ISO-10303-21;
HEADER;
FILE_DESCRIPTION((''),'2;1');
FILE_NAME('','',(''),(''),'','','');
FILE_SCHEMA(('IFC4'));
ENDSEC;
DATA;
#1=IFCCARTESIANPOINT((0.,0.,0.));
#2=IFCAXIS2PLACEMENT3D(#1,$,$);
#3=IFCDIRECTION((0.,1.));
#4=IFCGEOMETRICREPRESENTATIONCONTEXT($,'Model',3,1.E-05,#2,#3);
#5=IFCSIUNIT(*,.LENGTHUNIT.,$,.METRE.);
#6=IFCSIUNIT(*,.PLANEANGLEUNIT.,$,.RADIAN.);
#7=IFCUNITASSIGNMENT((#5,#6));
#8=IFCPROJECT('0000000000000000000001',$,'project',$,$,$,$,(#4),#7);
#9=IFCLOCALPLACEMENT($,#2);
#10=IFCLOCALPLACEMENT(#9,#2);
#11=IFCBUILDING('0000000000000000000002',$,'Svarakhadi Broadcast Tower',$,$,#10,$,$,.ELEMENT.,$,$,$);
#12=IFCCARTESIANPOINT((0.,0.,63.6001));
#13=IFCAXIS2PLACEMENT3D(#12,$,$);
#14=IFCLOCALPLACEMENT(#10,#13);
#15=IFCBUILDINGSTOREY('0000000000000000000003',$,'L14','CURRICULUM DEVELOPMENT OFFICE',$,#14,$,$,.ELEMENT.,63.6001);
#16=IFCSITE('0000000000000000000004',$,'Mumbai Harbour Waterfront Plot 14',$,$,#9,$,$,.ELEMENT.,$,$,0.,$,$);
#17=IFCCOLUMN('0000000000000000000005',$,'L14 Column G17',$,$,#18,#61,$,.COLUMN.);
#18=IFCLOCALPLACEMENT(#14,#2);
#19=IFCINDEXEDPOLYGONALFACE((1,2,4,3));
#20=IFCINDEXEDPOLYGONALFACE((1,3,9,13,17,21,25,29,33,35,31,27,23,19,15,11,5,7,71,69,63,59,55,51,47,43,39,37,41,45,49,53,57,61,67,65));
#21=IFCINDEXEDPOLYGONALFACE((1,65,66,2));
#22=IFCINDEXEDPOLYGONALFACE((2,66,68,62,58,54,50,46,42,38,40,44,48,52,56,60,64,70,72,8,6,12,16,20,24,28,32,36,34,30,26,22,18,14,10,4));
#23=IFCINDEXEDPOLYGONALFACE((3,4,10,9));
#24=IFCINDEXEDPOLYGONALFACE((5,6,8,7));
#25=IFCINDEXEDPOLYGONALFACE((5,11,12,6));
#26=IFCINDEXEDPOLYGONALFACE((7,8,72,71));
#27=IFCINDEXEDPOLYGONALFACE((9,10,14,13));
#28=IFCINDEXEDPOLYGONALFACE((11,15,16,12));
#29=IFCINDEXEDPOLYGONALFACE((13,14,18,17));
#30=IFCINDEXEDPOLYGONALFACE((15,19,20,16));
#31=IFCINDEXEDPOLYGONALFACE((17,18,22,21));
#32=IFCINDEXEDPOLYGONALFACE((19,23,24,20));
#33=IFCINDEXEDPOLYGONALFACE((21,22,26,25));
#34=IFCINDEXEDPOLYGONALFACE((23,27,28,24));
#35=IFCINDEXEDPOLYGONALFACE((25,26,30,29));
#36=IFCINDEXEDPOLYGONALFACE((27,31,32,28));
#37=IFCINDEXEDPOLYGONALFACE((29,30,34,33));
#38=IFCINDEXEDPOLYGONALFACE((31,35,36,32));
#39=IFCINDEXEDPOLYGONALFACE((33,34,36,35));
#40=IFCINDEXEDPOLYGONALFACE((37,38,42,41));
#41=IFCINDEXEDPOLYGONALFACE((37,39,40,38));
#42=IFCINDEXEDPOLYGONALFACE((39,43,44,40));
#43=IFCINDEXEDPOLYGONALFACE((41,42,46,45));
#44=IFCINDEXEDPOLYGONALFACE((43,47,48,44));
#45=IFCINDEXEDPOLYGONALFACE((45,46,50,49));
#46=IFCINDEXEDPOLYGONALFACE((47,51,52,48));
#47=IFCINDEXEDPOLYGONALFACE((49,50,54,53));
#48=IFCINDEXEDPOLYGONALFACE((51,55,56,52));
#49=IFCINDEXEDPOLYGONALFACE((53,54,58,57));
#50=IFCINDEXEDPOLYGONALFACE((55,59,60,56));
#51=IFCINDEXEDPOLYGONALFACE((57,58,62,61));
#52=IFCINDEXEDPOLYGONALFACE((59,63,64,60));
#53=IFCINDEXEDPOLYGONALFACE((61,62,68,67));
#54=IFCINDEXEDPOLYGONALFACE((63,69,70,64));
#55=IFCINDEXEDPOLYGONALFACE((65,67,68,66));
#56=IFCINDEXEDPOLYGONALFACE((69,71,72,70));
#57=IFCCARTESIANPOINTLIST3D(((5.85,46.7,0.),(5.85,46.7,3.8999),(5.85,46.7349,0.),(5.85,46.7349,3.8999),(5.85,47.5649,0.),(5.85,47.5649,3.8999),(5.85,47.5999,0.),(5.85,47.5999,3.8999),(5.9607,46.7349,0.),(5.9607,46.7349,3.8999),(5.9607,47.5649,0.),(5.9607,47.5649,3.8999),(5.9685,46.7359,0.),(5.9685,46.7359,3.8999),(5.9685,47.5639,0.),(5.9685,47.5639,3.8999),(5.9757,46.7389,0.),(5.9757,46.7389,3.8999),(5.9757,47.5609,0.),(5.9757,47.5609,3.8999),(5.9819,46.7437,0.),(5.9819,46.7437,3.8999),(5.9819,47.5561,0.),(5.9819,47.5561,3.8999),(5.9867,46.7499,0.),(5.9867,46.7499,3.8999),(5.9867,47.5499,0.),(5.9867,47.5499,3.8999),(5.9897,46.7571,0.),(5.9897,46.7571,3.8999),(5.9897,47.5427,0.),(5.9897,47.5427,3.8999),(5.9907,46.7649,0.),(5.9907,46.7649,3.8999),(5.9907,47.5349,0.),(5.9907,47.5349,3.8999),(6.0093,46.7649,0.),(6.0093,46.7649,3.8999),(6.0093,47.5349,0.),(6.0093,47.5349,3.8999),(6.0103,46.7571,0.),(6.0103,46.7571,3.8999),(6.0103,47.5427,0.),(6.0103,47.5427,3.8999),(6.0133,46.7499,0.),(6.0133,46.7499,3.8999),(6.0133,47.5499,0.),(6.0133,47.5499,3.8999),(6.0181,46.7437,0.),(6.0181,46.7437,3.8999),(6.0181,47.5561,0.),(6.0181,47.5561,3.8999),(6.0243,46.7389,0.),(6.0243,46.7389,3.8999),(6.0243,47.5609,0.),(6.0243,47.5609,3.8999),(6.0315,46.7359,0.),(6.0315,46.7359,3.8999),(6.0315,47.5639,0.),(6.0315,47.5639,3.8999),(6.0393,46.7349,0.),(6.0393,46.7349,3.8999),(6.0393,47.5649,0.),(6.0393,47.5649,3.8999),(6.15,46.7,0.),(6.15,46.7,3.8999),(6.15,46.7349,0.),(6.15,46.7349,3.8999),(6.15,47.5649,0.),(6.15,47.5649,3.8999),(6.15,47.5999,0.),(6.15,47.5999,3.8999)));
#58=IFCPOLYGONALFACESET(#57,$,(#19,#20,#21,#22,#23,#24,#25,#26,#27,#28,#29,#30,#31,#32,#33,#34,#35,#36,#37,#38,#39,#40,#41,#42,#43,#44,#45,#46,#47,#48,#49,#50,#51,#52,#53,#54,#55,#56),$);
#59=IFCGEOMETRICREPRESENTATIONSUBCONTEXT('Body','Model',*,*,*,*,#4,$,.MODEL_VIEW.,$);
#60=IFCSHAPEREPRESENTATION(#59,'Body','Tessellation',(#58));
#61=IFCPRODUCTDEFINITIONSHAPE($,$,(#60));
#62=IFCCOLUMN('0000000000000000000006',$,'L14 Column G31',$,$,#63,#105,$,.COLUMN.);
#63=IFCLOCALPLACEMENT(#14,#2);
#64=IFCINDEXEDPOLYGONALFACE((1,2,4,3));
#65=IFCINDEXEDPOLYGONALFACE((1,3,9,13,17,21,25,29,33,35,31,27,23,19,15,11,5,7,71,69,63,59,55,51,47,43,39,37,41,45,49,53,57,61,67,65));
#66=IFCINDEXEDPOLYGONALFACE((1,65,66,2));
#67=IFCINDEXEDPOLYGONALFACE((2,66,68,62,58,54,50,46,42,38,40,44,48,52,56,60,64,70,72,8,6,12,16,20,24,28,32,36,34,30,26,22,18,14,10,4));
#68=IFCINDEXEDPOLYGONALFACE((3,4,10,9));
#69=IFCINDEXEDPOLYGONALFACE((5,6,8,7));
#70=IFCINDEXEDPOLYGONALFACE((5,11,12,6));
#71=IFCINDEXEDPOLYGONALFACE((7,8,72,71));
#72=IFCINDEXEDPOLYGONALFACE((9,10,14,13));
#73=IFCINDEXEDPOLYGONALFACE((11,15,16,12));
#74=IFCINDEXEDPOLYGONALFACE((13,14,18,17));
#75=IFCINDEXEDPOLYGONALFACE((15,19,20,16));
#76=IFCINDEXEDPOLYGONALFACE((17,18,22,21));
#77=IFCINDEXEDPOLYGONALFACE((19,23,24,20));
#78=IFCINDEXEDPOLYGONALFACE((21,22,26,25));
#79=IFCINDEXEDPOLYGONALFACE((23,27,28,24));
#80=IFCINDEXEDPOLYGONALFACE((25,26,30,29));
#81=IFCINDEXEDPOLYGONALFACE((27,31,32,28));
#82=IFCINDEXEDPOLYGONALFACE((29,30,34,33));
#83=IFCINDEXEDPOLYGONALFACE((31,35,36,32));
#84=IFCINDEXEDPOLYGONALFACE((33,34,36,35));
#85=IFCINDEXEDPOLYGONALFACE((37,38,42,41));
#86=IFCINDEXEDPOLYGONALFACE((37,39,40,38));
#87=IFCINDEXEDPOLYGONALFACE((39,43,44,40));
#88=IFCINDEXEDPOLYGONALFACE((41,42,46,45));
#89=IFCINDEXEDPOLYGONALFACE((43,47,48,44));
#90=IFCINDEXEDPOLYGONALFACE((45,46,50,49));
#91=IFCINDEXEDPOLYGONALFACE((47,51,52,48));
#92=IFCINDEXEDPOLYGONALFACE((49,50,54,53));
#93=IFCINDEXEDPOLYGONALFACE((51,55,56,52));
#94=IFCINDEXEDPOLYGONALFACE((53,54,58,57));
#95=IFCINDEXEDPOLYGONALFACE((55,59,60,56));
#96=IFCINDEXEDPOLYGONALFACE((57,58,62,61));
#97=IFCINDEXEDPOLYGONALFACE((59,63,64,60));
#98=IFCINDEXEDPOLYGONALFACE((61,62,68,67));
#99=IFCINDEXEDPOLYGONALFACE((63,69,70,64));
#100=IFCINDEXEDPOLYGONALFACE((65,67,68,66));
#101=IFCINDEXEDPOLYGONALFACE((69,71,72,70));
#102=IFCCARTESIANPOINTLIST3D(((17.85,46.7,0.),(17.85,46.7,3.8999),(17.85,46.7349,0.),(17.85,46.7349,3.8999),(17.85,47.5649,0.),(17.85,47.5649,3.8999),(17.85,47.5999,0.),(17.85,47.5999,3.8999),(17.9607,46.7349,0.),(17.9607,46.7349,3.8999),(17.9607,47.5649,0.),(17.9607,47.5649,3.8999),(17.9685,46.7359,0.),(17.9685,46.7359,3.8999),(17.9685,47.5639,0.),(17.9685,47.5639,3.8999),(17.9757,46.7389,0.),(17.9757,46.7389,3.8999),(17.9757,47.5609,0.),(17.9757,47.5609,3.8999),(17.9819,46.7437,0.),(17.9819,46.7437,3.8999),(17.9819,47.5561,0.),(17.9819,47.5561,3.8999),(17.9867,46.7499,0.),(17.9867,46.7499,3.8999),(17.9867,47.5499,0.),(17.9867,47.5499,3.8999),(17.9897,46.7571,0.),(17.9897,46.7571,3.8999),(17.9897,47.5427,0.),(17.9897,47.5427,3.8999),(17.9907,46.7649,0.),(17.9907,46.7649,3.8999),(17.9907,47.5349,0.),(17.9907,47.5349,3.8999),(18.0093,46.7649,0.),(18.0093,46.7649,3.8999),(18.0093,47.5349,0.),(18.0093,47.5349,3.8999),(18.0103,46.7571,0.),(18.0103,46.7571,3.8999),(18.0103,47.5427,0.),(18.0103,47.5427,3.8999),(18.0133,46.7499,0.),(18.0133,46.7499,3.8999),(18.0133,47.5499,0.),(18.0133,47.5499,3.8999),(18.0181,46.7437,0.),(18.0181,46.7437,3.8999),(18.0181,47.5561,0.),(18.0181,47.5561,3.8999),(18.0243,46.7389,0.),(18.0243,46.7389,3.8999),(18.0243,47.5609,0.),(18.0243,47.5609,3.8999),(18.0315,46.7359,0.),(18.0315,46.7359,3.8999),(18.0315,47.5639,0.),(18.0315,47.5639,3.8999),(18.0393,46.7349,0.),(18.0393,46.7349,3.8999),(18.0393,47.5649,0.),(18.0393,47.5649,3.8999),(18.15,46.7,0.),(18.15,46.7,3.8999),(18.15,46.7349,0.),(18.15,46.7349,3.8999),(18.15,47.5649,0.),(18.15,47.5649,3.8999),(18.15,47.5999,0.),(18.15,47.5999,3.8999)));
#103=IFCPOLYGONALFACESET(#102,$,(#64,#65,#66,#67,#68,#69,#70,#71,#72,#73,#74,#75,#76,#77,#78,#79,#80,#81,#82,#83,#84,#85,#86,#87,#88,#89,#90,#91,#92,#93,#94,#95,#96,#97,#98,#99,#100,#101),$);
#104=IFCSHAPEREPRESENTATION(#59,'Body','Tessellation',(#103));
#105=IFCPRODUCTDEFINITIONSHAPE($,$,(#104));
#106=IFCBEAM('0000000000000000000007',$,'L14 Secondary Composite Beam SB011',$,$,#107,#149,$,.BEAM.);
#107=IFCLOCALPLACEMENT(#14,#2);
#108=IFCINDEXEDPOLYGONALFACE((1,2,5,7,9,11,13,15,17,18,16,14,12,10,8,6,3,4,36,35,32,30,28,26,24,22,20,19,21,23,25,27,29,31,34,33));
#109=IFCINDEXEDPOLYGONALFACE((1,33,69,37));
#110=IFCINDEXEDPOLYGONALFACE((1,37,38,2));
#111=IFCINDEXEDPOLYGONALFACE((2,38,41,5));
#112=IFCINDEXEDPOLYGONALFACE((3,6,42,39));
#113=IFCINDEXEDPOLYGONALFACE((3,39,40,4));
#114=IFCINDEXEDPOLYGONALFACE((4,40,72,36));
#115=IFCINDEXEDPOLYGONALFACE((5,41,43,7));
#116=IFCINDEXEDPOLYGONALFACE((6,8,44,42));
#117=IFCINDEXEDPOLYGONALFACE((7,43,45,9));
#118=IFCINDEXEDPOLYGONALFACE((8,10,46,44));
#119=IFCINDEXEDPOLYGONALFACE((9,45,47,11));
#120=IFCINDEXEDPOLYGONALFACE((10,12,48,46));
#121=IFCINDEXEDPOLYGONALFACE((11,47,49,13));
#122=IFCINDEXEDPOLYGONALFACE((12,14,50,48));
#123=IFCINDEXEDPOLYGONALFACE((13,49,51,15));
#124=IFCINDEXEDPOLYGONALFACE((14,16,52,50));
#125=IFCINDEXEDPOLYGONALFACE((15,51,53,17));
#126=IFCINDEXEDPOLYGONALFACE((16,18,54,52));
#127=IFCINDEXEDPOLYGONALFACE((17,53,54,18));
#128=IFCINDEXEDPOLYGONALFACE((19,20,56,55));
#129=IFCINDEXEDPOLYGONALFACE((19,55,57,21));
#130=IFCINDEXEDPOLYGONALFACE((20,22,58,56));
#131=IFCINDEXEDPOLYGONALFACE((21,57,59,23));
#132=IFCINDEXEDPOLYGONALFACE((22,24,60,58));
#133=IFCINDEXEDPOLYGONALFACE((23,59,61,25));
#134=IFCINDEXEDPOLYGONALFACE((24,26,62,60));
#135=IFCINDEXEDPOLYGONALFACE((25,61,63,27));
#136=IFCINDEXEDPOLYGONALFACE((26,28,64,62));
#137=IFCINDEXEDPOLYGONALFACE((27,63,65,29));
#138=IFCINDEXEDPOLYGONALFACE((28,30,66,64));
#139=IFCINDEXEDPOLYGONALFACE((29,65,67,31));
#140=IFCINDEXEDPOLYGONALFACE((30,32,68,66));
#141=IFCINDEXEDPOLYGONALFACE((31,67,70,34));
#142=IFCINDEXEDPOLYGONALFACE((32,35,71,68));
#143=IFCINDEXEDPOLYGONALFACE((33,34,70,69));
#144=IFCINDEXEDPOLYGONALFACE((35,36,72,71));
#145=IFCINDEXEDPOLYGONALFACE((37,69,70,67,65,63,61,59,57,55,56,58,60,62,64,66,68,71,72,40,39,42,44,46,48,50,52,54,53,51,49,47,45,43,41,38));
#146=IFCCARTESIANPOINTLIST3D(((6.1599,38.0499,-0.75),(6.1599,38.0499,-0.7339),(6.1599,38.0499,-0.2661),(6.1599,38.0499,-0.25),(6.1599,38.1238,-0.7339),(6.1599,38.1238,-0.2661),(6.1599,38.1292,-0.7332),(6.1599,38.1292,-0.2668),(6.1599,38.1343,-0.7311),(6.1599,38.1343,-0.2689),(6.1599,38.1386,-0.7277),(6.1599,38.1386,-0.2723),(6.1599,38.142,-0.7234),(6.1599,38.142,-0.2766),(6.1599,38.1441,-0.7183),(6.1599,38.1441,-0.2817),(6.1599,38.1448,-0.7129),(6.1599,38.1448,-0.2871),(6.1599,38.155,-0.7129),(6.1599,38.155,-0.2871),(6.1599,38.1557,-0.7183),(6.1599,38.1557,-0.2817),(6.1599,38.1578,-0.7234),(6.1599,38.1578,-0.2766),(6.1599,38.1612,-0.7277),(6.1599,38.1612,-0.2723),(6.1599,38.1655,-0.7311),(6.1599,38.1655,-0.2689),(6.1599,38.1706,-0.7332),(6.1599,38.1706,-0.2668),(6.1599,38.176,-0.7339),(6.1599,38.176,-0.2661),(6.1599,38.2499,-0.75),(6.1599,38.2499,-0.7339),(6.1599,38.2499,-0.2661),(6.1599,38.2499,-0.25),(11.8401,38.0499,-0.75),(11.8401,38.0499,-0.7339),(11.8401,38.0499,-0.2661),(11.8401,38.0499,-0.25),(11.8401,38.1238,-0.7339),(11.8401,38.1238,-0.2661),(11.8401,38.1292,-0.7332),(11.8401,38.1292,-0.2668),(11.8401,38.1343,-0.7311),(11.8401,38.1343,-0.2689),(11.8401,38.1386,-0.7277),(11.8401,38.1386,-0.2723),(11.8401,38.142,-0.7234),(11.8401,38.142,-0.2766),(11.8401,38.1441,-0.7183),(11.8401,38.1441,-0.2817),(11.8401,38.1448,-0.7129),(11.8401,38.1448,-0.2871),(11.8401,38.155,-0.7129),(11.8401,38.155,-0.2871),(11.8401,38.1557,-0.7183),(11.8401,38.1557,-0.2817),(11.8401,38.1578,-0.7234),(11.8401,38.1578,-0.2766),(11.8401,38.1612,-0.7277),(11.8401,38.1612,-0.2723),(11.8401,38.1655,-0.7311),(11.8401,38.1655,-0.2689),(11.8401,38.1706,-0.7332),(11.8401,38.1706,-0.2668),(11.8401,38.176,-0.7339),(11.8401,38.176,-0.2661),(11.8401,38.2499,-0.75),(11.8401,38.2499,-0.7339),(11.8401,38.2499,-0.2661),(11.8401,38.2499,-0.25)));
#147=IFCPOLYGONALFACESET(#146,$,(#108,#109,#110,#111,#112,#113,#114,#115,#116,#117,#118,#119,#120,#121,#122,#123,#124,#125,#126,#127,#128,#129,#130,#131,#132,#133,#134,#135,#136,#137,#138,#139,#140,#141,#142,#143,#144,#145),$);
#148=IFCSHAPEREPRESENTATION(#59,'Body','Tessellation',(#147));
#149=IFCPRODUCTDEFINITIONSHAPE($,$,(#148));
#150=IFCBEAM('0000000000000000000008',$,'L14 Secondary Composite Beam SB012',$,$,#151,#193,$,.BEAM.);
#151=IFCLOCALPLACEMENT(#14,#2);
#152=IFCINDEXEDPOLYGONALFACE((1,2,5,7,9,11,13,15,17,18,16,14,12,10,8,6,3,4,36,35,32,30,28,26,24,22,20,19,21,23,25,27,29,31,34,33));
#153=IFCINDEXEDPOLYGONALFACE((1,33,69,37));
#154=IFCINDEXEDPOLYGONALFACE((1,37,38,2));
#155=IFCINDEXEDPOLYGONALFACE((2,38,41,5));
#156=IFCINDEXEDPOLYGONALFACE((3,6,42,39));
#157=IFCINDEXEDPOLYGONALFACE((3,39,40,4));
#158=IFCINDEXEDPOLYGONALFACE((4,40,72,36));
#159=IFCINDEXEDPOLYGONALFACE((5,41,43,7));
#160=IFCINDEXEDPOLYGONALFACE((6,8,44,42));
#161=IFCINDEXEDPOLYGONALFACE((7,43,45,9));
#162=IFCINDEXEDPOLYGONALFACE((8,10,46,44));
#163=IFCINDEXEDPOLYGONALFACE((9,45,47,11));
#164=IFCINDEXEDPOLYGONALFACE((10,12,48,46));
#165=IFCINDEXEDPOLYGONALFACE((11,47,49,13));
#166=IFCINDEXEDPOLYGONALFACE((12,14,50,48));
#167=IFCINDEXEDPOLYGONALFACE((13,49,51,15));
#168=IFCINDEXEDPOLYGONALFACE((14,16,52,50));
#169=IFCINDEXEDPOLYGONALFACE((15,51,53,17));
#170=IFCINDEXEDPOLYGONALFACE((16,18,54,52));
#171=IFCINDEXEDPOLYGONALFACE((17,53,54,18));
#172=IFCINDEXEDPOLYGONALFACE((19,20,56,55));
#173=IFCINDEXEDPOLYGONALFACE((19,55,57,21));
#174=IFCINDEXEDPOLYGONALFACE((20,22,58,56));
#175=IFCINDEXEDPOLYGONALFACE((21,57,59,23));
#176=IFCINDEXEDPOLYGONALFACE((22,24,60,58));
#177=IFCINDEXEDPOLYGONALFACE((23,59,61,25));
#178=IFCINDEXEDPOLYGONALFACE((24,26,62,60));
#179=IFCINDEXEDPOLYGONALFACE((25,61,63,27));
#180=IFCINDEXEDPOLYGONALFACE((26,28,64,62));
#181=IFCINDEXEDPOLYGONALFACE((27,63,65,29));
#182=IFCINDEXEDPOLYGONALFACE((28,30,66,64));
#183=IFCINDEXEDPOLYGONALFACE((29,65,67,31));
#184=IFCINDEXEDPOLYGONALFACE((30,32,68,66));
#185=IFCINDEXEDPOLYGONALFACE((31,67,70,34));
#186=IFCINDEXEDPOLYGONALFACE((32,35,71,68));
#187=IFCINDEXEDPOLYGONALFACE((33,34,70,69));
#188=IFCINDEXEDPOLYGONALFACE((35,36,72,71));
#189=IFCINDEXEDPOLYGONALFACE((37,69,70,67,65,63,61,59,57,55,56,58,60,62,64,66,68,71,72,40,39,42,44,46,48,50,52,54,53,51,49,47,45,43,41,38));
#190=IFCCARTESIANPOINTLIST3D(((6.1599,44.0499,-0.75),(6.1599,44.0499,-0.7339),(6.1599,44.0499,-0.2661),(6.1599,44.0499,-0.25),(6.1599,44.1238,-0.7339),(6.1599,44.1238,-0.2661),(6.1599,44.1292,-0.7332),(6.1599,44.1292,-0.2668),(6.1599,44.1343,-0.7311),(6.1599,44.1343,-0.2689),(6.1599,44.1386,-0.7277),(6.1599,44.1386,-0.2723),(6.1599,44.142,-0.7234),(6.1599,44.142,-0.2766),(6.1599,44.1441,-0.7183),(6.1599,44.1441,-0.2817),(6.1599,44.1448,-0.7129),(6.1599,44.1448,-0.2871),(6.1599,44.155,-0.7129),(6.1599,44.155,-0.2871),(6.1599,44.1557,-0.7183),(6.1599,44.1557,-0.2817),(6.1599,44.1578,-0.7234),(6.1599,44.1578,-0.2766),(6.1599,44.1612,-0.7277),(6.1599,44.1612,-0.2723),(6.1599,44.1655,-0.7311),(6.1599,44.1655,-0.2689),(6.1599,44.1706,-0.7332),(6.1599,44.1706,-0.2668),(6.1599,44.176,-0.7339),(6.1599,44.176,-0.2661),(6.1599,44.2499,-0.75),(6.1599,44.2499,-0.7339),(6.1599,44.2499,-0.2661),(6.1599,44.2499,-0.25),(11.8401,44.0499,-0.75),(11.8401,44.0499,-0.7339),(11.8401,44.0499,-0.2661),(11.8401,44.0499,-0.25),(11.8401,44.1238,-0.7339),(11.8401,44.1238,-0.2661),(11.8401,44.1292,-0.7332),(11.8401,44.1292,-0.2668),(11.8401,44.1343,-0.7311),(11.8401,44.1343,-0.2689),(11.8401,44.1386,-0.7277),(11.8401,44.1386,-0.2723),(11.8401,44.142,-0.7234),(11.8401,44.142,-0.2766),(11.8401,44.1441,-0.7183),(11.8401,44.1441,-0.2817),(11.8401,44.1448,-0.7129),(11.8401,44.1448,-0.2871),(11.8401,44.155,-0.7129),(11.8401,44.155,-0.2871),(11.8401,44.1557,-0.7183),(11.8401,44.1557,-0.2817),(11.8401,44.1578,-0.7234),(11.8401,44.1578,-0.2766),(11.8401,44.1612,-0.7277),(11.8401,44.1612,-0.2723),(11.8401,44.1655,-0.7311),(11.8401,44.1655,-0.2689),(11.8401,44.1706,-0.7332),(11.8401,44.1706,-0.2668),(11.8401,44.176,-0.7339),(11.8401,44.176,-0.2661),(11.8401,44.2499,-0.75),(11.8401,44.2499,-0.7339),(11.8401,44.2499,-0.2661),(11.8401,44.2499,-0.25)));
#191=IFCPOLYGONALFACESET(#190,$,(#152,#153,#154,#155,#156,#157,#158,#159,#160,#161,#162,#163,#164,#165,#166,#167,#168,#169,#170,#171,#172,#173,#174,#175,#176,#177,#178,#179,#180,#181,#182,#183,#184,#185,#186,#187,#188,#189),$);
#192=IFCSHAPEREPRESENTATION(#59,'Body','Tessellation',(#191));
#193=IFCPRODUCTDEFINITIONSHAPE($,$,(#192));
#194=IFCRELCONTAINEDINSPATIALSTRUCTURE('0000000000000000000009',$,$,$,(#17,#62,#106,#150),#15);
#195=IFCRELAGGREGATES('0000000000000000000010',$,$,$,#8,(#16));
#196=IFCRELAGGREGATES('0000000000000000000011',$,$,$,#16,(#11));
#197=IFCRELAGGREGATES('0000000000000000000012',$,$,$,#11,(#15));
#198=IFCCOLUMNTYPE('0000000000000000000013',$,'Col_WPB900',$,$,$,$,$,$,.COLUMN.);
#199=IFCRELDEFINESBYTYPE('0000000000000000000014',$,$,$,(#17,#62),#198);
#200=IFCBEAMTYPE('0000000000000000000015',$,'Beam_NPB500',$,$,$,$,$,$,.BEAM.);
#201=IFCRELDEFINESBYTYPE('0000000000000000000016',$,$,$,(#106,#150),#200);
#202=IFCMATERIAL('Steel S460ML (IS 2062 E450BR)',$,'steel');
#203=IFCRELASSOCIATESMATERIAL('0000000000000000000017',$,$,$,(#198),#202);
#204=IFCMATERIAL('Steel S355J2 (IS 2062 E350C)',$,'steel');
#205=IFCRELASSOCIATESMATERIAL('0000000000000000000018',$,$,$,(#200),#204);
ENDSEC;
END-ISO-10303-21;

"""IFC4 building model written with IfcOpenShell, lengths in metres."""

from ifc_helpers import new_model, si_unit, direction, frame, origin, origin_2d, place, context, subcontext, project, spatial, i_section, extrude, material, material_profile, profile_set, type_object, element, save


model = new_model("IFC4")

# Units and contexts
model_context = context("Model", 3, precision=1e-05, world=origin(), true_north=direction((0.0, 1.0)))
body_context = subcontext(model_context, "Body", "Model", "MODEL_VIEW")
ifc_project = project(units=[si_unit("LENGTHUNIT", "METRE"), si_unit("PLANEANGLEUNIT", "RADIAN")], contexts=[model_context])

# Site, building, storey
site_placement = place(None, origin())
site = spatial("IfcSite", under=ifc_project, at=site_placement, Name="Mumbai Harbour Waterfront Plot 14", CompositionType="ELEMENT", RefElevation=0.0)
building_placement = place(site_placement, origin())
building = spatial("IfcBuilding", under=site, at=building_placement, Name="Svarakhadi Broadcast Tower", CompositionType="ELEMENT")
storey_placement = place(building_placement, frame((0.0, 0.0, 63.6001)))
storey = spatial("IfcBuildingStorey", under=building, at=storey_placement, Name="L14", Description="CURRICULUM DEVELOPMENT OFFICE", CompositionType="ELEMENT", Elevation=63.6001)

# Columns
ifc_material_1 = material(Name="Steel S460ML (IS 2062 E450BR)", Category="steel")
ifc_material_profile_1 = material_profile(ifc_material_1, i_section(OverallWidth=0.3, OverallDepth=0.8999, WebThickness=0.0186, FlangeThickness=0.0349, FilletRadius=0.03, at=origin_2d()), Name="WPB 900x300x291")
ifc_profile_set_1 = profile_set([ifc_material_profile_1], Name="Steel S460ML (IS 2062 E450BR)")
column_type_1 = type_object("IfcColumnType", Name="Col_WPB900", PredefinedType="COLUMN", material=ifc_profile_set_1)
for number, where, z_axis, x_axis, name in (
    (1, (6.0, 47.1499, 0.0), (0.0, 0.0, 1.0), (1.0, 0.0, 0.0), "L14 Column G17"),
    (2, (18.0, 47.1499, 0.0), (0.0, 0.0, 1.0), (1.0, 0.0, 0.0), "L14 Column G31"),
):
    element("IfcColumn", number, at=place(storey_placement, frame(where, z_axis=z_axis, x_axis=x_axis)), inside=storey, type_object=column_type_1, Name=name, PredefinedType="COLUMN", context=body_context, shape_type="SweptSolid", body=[
        extrude(i_section(OverallWidth=0.3, OverallDepth=0.8999, WebThickness=0.0186, FlangeThickness=0.0349, FilletRadius=0.03, at=origin_2d()), origin(), (0.0, 0.0, 1.0), 3.8999),
    ])

# Beams
ifc_material_2 = material(Name="Steel S355J2 (IS 2062 E350C)", Category="steel")
ifc_material_profile_2 = material_profile(ifc_material_2, i_section(OverallWidth=0.2, OverallDepth=0.5, WebThickness=0.0103, FlangeThickness=0.0161, FilletRadius=0.021, at=origin_2d()), Name="NPB 500x200x91")
ifc_profile_set_2 = profile_set([ifc_material_profile_2], Name="Steel S355J2 (IS 2062 E350C)")
beam_type_1 = type_object("IfcBeamType", Name="Beam_NPB500", PredefinedType="BEAM", material=ifc_profile_set_2)
for number, where, z_axis, x_axis, name in (
    (3, (6.1599, 38.1499, -0.5), (1.0, 0.0, 0.0), (0.0, 1.0, 0.0), "L14 Secondary Composite Beam SB011"),
    (4, (6.1599, 44.1499, -0.5), (1.0, 0.0, 0.0), (0.0, 1.0, 0.0), "L14 Secondary Composite Beam SB012"),
):
    element("IfcBeam", number, at=place(storey_placement, frame(where, z_axis=z_axis, x_axis=x_axis)), inside=storey, type_object=beam_type_1, Name=name, PredefinedType="BEAM", context=body_context, shape_type="SweptSolid", body=[
        extrude(i_section(OverallWidth=0.2, OverallDepth=0.5, WebThickness=0.0103, FlangeThickness=0.0161, FilletRadius=0.021, at=origin_2d()), origin(), (0.0, 0.0, 1.0), 5.6802),
    ])

save(model, "model.ifc")
